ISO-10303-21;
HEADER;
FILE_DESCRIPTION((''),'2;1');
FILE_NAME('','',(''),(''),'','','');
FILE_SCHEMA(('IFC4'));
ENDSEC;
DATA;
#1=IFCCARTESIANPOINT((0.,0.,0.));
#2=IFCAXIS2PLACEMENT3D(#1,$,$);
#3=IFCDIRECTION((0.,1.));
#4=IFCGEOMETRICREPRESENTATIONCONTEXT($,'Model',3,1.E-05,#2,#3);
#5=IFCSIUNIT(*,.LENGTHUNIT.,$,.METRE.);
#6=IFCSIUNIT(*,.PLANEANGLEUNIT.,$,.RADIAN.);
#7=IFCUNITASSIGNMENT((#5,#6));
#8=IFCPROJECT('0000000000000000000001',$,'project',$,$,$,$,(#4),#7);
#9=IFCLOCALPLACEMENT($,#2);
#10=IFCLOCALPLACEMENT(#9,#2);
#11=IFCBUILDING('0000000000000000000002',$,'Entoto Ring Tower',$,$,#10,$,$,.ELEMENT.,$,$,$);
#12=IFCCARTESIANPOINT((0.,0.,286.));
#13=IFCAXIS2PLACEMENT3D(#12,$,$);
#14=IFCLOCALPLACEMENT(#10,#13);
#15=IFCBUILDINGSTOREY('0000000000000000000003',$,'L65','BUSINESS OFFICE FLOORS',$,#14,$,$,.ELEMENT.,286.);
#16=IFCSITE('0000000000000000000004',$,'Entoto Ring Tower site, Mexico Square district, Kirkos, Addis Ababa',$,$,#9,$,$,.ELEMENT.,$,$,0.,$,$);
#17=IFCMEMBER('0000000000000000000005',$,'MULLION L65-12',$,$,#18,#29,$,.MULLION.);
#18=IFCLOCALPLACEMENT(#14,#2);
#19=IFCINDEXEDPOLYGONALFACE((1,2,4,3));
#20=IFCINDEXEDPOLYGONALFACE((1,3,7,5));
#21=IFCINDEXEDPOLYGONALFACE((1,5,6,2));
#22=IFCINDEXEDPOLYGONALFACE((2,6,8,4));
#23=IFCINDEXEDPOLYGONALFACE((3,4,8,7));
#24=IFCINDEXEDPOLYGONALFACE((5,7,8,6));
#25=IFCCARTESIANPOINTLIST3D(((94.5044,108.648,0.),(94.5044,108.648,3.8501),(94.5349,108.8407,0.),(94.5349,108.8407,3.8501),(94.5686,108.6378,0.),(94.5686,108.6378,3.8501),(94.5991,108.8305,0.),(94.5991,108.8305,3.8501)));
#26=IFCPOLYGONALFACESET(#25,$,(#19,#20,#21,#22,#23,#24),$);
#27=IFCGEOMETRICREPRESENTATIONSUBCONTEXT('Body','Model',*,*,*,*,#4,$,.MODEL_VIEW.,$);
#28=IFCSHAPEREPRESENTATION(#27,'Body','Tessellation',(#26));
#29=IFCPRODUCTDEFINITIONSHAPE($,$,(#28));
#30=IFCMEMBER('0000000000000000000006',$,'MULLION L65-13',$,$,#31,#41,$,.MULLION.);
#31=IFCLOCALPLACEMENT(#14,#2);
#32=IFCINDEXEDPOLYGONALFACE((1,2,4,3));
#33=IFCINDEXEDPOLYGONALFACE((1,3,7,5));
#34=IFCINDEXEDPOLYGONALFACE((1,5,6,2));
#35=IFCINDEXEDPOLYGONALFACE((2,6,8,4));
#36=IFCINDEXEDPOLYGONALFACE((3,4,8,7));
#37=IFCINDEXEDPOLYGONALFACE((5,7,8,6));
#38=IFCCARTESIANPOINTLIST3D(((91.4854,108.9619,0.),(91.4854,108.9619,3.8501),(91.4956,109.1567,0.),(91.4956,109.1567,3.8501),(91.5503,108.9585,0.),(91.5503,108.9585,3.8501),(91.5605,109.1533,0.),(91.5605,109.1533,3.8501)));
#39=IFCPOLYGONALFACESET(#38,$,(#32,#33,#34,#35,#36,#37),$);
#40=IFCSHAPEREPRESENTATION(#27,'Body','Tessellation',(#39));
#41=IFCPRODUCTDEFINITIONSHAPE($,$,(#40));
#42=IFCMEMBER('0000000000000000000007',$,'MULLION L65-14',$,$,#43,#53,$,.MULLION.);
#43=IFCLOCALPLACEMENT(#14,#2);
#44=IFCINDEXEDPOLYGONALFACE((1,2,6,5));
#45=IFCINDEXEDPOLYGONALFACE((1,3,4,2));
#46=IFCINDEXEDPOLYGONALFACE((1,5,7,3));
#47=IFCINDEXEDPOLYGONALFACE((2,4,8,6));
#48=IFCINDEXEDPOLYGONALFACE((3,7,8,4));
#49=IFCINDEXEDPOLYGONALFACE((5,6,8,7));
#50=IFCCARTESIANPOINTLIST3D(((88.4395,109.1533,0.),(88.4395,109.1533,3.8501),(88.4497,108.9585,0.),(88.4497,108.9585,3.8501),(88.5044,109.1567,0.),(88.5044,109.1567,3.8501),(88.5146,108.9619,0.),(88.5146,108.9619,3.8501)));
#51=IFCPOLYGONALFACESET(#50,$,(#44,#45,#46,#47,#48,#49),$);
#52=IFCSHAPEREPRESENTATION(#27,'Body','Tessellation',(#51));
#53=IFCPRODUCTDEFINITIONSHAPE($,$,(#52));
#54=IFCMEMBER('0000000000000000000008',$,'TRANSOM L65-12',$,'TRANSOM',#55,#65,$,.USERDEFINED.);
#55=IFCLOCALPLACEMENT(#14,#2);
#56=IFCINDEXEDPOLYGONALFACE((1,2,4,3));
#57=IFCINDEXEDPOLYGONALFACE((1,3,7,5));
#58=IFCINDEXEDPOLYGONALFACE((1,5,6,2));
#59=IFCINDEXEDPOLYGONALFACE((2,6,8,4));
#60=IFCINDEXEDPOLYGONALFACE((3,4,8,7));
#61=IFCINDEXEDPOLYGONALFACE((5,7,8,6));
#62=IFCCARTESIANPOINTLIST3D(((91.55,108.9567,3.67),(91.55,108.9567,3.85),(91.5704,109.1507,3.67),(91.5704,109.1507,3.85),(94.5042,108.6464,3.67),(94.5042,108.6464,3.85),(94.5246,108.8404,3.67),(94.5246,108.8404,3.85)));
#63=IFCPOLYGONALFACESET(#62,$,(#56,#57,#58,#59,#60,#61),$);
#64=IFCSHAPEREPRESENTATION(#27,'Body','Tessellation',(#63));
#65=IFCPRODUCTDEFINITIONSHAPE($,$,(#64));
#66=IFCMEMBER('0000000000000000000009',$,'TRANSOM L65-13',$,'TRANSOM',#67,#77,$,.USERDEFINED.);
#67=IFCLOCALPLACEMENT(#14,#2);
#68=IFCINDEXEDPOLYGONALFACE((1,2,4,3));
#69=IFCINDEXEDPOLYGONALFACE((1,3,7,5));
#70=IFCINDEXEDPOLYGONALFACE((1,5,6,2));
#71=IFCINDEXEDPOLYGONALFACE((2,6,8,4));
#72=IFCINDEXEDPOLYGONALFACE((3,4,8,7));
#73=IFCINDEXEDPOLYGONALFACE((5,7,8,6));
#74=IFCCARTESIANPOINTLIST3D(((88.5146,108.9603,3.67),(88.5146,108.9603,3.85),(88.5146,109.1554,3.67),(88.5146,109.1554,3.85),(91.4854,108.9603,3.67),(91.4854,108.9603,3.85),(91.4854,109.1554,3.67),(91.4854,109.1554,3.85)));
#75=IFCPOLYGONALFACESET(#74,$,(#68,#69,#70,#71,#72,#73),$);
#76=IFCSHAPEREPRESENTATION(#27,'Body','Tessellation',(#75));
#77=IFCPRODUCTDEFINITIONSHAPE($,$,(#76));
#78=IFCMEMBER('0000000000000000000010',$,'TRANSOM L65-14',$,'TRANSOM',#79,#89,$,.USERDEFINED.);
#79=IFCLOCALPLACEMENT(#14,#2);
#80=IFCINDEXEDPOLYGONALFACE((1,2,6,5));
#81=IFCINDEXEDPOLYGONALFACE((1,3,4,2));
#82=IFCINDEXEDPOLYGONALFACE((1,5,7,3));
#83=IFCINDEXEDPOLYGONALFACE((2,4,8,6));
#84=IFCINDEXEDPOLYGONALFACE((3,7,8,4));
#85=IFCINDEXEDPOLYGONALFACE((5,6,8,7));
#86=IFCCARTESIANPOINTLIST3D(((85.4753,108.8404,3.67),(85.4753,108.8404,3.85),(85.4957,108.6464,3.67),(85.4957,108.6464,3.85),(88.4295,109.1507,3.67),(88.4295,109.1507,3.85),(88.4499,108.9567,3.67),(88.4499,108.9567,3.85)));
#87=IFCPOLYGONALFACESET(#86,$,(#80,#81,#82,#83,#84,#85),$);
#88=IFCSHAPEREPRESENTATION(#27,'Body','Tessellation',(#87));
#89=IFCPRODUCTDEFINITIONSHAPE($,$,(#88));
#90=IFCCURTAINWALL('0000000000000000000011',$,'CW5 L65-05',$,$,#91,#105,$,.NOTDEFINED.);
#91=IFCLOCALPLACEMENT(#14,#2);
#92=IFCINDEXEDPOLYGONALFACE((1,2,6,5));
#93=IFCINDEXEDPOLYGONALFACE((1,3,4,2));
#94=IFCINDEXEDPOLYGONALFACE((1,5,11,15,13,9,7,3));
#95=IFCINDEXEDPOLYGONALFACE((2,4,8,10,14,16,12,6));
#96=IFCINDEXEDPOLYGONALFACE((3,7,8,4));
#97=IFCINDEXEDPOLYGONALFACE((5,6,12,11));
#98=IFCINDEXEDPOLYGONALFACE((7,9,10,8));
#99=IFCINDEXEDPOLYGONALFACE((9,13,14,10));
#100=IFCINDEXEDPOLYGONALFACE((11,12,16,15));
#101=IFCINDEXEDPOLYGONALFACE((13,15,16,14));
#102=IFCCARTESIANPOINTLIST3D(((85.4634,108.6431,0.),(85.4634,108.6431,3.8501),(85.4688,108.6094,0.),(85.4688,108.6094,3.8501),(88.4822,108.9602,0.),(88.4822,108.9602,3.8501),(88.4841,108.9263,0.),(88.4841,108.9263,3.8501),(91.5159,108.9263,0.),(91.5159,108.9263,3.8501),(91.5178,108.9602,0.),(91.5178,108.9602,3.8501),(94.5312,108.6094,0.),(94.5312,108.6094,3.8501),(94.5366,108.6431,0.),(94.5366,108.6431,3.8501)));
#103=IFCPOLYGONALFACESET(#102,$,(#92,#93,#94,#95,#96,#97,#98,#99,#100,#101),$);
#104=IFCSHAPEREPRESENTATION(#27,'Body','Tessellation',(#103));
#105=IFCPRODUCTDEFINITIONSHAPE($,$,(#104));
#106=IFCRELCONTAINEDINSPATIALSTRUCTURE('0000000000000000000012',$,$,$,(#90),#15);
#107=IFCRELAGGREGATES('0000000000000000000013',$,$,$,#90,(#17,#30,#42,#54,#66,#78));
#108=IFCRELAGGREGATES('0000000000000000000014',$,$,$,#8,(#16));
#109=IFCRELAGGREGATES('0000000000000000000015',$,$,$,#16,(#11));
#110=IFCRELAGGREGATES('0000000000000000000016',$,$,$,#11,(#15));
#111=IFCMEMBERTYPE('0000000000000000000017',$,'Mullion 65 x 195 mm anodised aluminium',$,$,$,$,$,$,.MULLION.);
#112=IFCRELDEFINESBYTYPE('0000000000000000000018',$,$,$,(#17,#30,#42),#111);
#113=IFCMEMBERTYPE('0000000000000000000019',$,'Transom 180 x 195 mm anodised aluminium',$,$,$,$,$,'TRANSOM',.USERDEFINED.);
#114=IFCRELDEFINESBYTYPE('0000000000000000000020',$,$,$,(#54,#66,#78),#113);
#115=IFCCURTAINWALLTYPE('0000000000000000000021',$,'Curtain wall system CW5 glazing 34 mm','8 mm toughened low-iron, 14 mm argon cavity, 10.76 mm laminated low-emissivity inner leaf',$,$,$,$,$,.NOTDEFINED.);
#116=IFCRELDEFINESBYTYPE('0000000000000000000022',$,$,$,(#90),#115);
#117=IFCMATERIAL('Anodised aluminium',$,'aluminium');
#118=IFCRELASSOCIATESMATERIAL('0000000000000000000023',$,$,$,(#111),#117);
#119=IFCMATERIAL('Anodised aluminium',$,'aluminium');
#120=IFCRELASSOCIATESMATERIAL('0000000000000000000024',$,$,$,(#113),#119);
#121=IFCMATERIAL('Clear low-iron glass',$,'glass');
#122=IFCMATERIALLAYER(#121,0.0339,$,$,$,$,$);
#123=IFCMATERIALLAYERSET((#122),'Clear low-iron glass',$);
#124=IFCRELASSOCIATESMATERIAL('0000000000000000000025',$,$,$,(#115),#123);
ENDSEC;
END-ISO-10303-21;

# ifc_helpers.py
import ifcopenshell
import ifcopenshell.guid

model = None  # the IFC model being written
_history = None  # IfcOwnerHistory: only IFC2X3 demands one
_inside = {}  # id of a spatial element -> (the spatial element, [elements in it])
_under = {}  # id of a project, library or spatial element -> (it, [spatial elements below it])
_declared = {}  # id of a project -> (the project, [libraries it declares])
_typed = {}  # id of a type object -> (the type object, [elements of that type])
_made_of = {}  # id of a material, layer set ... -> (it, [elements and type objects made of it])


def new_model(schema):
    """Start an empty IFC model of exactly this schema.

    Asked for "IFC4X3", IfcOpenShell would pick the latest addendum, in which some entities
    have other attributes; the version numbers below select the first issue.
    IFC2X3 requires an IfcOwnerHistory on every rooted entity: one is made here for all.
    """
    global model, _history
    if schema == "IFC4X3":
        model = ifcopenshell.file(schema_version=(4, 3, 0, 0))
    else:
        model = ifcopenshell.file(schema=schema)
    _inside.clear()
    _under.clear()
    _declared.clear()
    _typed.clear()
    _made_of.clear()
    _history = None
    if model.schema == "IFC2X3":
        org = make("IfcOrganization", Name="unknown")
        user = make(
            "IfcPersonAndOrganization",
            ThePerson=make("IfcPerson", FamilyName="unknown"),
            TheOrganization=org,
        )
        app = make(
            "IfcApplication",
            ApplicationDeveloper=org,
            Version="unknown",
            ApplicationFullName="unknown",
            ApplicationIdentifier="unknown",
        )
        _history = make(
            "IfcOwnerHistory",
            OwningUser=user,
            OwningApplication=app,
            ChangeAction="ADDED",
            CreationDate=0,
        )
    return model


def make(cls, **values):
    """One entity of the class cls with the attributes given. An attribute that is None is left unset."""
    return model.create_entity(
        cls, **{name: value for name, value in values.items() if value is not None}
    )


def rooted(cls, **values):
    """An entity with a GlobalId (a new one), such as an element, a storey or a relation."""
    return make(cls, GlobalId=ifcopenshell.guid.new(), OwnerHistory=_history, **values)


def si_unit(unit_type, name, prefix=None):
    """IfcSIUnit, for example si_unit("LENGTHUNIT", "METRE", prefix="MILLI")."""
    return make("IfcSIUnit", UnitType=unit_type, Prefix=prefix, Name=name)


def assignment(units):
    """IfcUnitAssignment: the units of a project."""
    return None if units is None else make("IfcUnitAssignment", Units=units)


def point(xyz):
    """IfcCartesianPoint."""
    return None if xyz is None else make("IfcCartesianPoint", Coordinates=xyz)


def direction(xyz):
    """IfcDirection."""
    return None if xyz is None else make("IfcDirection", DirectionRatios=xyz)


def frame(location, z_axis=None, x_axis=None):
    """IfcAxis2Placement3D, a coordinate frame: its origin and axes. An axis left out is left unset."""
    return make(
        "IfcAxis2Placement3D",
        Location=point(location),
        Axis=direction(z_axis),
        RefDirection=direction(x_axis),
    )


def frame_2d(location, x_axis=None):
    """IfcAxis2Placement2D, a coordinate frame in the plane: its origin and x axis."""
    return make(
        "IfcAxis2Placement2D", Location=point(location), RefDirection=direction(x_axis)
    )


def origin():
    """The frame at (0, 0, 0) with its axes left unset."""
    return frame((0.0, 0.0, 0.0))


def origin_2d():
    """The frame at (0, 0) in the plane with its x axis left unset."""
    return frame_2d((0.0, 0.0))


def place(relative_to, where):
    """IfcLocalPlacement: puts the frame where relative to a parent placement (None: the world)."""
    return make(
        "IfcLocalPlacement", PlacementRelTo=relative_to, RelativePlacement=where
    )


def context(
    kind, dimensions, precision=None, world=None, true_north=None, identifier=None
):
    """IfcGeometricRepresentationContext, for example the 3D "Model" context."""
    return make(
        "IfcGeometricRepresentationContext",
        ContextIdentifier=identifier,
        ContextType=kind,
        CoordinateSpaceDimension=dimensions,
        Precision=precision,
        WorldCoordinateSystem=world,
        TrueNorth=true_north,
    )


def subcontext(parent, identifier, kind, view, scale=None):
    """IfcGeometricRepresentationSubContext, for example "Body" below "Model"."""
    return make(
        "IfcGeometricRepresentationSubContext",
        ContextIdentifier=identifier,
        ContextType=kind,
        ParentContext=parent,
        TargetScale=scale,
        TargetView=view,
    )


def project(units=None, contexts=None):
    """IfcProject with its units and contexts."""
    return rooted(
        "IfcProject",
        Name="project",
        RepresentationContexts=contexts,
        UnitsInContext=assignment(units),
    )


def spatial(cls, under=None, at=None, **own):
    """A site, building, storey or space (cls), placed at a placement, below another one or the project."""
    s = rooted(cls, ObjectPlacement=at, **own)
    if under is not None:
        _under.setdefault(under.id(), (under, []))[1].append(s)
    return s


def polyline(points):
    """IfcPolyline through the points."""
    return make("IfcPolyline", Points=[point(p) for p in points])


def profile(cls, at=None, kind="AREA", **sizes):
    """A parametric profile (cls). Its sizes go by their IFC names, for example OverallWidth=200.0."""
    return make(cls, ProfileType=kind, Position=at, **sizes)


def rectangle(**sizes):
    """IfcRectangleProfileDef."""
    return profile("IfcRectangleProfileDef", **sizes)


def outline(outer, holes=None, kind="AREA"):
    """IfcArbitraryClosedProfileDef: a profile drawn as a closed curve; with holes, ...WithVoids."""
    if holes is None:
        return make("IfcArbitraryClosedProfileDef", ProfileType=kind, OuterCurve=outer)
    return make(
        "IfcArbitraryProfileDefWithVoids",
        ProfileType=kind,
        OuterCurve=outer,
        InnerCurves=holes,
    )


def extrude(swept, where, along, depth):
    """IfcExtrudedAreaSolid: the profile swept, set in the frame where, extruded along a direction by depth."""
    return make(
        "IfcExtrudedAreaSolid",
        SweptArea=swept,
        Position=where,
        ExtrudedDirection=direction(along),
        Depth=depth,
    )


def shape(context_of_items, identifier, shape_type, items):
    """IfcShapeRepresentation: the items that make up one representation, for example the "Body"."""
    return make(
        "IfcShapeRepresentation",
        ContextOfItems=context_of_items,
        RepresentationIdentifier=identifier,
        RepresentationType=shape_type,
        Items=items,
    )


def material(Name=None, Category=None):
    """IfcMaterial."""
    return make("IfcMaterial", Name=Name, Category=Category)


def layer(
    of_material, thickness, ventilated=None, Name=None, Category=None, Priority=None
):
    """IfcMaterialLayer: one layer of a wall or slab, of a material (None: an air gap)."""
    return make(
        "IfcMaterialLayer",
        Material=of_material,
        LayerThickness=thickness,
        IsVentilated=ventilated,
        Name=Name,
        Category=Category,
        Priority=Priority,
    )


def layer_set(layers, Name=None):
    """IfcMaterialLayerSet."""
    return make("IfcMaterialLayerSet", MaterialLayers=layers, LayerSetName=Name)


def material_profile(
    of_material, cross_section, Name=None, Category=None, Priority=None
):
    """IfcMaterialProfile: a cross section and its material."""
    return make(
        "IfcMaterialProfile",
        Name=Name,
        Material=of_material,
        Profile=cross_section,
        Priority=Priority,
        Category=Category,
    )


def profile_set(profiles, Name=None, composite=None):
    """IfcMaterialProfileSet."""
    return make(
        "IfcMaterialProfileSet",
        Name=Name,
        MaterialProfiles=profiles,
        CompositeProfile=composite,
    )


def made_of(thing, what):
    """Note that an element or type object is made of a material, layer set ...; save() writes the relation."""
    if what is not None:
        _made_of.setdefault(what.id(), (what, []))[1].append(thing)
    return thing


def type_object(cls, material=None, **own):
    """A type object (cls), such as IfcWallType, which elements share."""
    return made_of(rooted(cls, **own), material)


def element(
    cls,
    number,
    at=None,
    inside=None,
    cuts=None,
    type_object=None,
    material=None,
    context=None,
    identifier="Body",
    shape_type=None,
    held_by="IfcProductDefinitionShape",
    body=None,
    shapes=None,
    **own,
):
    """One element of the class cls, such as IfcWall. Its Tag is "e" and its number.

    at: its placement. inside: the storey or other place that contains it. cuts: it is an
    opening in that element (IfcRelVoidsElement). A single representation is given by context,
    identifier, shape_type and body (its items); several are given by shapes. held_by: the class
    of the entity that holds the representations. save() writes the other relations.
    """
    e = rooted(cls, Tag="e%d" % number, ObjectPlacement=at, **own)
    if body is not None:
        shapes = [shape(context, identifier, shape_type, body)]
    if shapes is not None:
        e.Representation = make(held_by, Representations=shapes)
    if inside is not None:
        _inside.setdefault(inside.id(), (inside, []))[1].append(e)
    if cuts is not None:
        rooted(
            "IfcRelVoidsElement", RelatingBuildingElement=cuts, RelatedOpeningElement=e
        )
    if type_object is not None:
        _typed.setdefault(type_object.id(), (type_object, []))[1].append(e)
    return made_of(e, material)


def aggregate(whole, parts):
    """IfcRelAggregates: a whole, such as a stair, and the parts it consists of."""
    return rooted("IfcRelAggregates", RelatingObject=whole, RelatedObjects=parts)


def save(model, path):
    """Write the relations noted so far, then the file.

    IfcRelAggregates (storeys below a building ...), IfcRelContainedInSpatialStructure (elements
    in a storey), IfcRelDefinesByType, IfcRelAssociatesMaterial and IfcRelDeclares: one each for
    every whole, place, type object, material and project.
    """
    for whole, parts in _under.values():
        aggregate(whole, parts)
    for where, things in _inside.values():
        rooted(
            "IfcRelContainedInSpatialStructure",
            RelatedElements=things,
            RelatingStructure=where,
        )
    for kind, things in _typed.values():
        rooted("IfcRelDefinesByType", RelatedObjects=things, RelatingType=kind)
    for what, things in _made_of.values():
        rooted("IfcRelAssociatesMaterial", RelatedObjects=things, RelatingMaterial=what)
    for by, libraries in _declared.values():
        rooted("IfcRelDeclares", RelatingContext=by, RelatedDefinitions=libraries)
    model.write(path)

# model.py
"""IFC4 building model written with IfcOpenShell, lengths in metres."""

from ifc_helpers import new_model, si_unit, direction, frame, origin, origin_2d, place, context, subcontext, project, spatial, polyline, rectangle, outline, extrude, material, layer, layer_set, material_profile, profile_set, type_object, element, aggregate, save


model = new_model("IFC4")

# Units and contexts
model_context = context("Model", 3, precision=1e-05, world=origin(), true_north=direction((0.0, 1.0)))
body_context = subcontext(model_context, "Body", "Model", "MODEL_VIEW")
ifc_project = project(units=[si_unit("LENGTHUNIT", "METRE"), si_unit("PLANEANGLEUNIT", "RADIAN")], contexts=[model_context])

# Members
ifc_material_1 = material(Name="Anodised aluminium", Category="aluminium")
ifc_material_profile_1 = material_profile(ifc_material_1, rectangle(XDim=0.0649, YDim=0.1951, at=origin_2d()), Name="Mullion 65 x 195 mm anodised aluminium")
ifc_profile_set_1 = profile_set([ifc_material_profile_1], Name="Anodised aluminium")
member_type_1 = type_object("IfcMemberType", Name="Mullion 65 x 195 mm anodised aluminium", PredefinedType="MULLION", material=ifc_profile_set_1)
site_placement = place(None, origin())
building_placement = place(site_placement, origin())
storey_placement = place(building_placement, frame((0.0, 0.0, 286.0)))
member_1_placement = place(storey_placement, frame((94.5518, 108.7393, 0.0), z_axis=(0.0, 0.0, 1.0), x_axis=(-0.987688, 0.156434, 0.0)))
member_1 = element("IfcMember", 1, at=member_1_placement, type_object=member_type_1, Name="MULLION L65-12", PredefinedType="MULLION", context=body_context, shape_type="SweptSolid", body=[
    extrude(rectangle(XDim=0.0649, YDim=0.1951, at=origin_2d()), origin(), (0.0, 0.0, 1.0), 3.8501),
])
member_2_placement = place(storey_placement, frame((91.5229, 109.0576, 0.0), z_axis=(0.0, 0.0, 1.0), x_axis=(-0.99863, 0.052336, 0.0)))
member_2 = element("IfcMember", 2, at=member_2_placement, type_object=member_type_1, Name="MULLION L65-13", PredefinedType="MULLION", context=body_context, shape_type="SweptSolid", body=[
    extrude(rectangle(XDim=0.0649, YDim=0.1951, at=origin_2d()), origin(), (0.0, 0.0, 1.0), 3.8501),
])
member_3_placement = place(storey_placement, frame((88.4771, 109.0576, 0.0), z_axis=(0.0, 0.0, 1.0), x_axis=(-0.99863, -0.052336, 0.0)))
member_3 = element("IfcMember", 3, at=member_3_placement, type_object=member_type_1, Name="MULLION L65-14", PredefinedType="MULLION", context=body_context, shape_type="SweptSolid", body=[
    extrude(rectangle(XDim=0.0649, YDim=0.1951, at=origin_2d()), origin(), (0.0, 0.0, 1.0), 3.8501),
])
ifc_material_2 = material(Name="Anodised aluminium", Category="aluminium")
ifc_material_profile_2 = material_profile(ifc_material_2, rectangle(XDim=0.1951, YDim=0.1799, at=origin_2d()), Name="Transom 180 x 195 mm anodised aluminium")
ifc_profile_set_2 = profile_set([ifc_material_profile_2], Name="Anodised aluminium")
member_type_2 = type_object("IfcMemberType", Name="Transom 180 x 195 mm anodised aluminium", ElementType="TRANSOM", PredefinedType="USERDEFINED", material=ifc_profile_set_2)
member_4_placement = place(storey_placement, frame((94.5144, 108.7434, 3.76), z_axis=(-0.994528, 0.104467, 0.0), x_axis=(-0.104467, -0.994528, 0.0)))
member_4 = element("IfcMember", 4, at=member_4_placement, type_object=member_type_2, Name="TRANSOM L65-12", ObjectType="TRANSOM", PredefinedType="USERDEFINED", context=body_context, shape_type="SweptSolid", body=[
    extrude(rectangle(XDim=0.1951, YDim=0.1799, at=origin_2d()), origin(), (0.0, 0.0, 1.0), 2.9705),
])
member_5_placement = place(storey_placement, frame((91.4854, 109.0579, 3.76), z_axis=(-1.0, 0.0, 0.0), x_axis=(0.0, -1.0, 0.0)))
member_5 = element("IfcMember", 5, at=member_5_placement, type_object=member_type_2, Name="TRANSOM L65-13", ObjectType="TRANSOM", PredefinedType="USERDEFINED", context=body_context, shape_type="SweptSolid", body=[
    extrude(rectangle(XDim=0.1951, YDim=0.1799, at=origin_2d()), origin(), (0.0, 0.0, 1.0), 2.9707),
])
member_6_placement = place(storey_placement, frame((88.4397, 109.0537, 3.76), z_axis=(-0.994528, -0.104467, 0.0), x_axis=(0.104467, -0.994528, 0.0)))
member_6 = element("IfcMember", 6, at=member_6_placement, type_object=member_type_2, Name="TRANSOM L65-14", ObjectType="TRANSOM", PredefinedType="USERDEFINED", context=body_context, shape_type="SweptSolid", body=[
    extrude(rectangle(XDim=0.1951, YDim=0.1799, at=origin_2d()), origin(), (0.0, 0.0, 1.0), 2.9705),
])

# Site, building, storey
site = spatial("IfcSite", under=ifc_project, at=site_placement, Name="Entoto Ring Tower site, Mexico Square district, Kirkos, Addis Ababa", CompositionType="ELEMENT", RefElevation=0.0)
building = spatial("IfcBuilding", under=site, at=building_placement, Name="Entoto Ring Tower", CompositionType="ELEMENT")
storey = spatial("IfcBuildingStorey", under=building, at=storey_placement, Name="L65", Description="BUSINESS OFFICE FLOORS", CompositionType="ELEMENT", Elevation=286.0)

# Curtain wall
ifc_material_3 = material(Name="Clear low-iron glass", Category="glass")
ifc_layer = layer(ifc_material_3, 0.0339)
ifc_layer_set = layer_set([ifc_layer], Name="Clear low-iron glass")
curtain_wall_type = type_object("IfcCurtainWallType", Name="Curtain wall system CW5 glazing 34 mm", Description="8 mm toughened low-iron, 14 mm argon cavity, 10.76 mm laminated low-emissivity inner leaf", PredefinedType="NOTDEFINED", material=ifc_layer_set)
curtain_wall_1_placement = place(storey_placement, origin())
curtain_wall_1 = element("IfcCurtainWall", 7, at=curtain_wall_1_placement, inside=storey, type_object=curtain_wall_type, Name="CW5 L65-05", PredefinedType="NOTDEFINED", context=body_context, shape_type="SweptSolid", body=[
    extrude(outline(polyline([(94.5366, 108.6431), (91.5178, 108.9602), (88.4822, 108.9602), (85.4634, 108.6431), (85.4688, 108.6094), (88.4841, 108.9263), (91.5159, 108.9263), (94.5312, 108.6094), (94.5366, 108.6431)])), origin(), (0.0, 0.0, 1.0), 3.8501),
])
aggregate(curtain_wall_1, [member_1, member_2, member_3, member_4, member_5, member_6])

save(model, "model.ifc")
